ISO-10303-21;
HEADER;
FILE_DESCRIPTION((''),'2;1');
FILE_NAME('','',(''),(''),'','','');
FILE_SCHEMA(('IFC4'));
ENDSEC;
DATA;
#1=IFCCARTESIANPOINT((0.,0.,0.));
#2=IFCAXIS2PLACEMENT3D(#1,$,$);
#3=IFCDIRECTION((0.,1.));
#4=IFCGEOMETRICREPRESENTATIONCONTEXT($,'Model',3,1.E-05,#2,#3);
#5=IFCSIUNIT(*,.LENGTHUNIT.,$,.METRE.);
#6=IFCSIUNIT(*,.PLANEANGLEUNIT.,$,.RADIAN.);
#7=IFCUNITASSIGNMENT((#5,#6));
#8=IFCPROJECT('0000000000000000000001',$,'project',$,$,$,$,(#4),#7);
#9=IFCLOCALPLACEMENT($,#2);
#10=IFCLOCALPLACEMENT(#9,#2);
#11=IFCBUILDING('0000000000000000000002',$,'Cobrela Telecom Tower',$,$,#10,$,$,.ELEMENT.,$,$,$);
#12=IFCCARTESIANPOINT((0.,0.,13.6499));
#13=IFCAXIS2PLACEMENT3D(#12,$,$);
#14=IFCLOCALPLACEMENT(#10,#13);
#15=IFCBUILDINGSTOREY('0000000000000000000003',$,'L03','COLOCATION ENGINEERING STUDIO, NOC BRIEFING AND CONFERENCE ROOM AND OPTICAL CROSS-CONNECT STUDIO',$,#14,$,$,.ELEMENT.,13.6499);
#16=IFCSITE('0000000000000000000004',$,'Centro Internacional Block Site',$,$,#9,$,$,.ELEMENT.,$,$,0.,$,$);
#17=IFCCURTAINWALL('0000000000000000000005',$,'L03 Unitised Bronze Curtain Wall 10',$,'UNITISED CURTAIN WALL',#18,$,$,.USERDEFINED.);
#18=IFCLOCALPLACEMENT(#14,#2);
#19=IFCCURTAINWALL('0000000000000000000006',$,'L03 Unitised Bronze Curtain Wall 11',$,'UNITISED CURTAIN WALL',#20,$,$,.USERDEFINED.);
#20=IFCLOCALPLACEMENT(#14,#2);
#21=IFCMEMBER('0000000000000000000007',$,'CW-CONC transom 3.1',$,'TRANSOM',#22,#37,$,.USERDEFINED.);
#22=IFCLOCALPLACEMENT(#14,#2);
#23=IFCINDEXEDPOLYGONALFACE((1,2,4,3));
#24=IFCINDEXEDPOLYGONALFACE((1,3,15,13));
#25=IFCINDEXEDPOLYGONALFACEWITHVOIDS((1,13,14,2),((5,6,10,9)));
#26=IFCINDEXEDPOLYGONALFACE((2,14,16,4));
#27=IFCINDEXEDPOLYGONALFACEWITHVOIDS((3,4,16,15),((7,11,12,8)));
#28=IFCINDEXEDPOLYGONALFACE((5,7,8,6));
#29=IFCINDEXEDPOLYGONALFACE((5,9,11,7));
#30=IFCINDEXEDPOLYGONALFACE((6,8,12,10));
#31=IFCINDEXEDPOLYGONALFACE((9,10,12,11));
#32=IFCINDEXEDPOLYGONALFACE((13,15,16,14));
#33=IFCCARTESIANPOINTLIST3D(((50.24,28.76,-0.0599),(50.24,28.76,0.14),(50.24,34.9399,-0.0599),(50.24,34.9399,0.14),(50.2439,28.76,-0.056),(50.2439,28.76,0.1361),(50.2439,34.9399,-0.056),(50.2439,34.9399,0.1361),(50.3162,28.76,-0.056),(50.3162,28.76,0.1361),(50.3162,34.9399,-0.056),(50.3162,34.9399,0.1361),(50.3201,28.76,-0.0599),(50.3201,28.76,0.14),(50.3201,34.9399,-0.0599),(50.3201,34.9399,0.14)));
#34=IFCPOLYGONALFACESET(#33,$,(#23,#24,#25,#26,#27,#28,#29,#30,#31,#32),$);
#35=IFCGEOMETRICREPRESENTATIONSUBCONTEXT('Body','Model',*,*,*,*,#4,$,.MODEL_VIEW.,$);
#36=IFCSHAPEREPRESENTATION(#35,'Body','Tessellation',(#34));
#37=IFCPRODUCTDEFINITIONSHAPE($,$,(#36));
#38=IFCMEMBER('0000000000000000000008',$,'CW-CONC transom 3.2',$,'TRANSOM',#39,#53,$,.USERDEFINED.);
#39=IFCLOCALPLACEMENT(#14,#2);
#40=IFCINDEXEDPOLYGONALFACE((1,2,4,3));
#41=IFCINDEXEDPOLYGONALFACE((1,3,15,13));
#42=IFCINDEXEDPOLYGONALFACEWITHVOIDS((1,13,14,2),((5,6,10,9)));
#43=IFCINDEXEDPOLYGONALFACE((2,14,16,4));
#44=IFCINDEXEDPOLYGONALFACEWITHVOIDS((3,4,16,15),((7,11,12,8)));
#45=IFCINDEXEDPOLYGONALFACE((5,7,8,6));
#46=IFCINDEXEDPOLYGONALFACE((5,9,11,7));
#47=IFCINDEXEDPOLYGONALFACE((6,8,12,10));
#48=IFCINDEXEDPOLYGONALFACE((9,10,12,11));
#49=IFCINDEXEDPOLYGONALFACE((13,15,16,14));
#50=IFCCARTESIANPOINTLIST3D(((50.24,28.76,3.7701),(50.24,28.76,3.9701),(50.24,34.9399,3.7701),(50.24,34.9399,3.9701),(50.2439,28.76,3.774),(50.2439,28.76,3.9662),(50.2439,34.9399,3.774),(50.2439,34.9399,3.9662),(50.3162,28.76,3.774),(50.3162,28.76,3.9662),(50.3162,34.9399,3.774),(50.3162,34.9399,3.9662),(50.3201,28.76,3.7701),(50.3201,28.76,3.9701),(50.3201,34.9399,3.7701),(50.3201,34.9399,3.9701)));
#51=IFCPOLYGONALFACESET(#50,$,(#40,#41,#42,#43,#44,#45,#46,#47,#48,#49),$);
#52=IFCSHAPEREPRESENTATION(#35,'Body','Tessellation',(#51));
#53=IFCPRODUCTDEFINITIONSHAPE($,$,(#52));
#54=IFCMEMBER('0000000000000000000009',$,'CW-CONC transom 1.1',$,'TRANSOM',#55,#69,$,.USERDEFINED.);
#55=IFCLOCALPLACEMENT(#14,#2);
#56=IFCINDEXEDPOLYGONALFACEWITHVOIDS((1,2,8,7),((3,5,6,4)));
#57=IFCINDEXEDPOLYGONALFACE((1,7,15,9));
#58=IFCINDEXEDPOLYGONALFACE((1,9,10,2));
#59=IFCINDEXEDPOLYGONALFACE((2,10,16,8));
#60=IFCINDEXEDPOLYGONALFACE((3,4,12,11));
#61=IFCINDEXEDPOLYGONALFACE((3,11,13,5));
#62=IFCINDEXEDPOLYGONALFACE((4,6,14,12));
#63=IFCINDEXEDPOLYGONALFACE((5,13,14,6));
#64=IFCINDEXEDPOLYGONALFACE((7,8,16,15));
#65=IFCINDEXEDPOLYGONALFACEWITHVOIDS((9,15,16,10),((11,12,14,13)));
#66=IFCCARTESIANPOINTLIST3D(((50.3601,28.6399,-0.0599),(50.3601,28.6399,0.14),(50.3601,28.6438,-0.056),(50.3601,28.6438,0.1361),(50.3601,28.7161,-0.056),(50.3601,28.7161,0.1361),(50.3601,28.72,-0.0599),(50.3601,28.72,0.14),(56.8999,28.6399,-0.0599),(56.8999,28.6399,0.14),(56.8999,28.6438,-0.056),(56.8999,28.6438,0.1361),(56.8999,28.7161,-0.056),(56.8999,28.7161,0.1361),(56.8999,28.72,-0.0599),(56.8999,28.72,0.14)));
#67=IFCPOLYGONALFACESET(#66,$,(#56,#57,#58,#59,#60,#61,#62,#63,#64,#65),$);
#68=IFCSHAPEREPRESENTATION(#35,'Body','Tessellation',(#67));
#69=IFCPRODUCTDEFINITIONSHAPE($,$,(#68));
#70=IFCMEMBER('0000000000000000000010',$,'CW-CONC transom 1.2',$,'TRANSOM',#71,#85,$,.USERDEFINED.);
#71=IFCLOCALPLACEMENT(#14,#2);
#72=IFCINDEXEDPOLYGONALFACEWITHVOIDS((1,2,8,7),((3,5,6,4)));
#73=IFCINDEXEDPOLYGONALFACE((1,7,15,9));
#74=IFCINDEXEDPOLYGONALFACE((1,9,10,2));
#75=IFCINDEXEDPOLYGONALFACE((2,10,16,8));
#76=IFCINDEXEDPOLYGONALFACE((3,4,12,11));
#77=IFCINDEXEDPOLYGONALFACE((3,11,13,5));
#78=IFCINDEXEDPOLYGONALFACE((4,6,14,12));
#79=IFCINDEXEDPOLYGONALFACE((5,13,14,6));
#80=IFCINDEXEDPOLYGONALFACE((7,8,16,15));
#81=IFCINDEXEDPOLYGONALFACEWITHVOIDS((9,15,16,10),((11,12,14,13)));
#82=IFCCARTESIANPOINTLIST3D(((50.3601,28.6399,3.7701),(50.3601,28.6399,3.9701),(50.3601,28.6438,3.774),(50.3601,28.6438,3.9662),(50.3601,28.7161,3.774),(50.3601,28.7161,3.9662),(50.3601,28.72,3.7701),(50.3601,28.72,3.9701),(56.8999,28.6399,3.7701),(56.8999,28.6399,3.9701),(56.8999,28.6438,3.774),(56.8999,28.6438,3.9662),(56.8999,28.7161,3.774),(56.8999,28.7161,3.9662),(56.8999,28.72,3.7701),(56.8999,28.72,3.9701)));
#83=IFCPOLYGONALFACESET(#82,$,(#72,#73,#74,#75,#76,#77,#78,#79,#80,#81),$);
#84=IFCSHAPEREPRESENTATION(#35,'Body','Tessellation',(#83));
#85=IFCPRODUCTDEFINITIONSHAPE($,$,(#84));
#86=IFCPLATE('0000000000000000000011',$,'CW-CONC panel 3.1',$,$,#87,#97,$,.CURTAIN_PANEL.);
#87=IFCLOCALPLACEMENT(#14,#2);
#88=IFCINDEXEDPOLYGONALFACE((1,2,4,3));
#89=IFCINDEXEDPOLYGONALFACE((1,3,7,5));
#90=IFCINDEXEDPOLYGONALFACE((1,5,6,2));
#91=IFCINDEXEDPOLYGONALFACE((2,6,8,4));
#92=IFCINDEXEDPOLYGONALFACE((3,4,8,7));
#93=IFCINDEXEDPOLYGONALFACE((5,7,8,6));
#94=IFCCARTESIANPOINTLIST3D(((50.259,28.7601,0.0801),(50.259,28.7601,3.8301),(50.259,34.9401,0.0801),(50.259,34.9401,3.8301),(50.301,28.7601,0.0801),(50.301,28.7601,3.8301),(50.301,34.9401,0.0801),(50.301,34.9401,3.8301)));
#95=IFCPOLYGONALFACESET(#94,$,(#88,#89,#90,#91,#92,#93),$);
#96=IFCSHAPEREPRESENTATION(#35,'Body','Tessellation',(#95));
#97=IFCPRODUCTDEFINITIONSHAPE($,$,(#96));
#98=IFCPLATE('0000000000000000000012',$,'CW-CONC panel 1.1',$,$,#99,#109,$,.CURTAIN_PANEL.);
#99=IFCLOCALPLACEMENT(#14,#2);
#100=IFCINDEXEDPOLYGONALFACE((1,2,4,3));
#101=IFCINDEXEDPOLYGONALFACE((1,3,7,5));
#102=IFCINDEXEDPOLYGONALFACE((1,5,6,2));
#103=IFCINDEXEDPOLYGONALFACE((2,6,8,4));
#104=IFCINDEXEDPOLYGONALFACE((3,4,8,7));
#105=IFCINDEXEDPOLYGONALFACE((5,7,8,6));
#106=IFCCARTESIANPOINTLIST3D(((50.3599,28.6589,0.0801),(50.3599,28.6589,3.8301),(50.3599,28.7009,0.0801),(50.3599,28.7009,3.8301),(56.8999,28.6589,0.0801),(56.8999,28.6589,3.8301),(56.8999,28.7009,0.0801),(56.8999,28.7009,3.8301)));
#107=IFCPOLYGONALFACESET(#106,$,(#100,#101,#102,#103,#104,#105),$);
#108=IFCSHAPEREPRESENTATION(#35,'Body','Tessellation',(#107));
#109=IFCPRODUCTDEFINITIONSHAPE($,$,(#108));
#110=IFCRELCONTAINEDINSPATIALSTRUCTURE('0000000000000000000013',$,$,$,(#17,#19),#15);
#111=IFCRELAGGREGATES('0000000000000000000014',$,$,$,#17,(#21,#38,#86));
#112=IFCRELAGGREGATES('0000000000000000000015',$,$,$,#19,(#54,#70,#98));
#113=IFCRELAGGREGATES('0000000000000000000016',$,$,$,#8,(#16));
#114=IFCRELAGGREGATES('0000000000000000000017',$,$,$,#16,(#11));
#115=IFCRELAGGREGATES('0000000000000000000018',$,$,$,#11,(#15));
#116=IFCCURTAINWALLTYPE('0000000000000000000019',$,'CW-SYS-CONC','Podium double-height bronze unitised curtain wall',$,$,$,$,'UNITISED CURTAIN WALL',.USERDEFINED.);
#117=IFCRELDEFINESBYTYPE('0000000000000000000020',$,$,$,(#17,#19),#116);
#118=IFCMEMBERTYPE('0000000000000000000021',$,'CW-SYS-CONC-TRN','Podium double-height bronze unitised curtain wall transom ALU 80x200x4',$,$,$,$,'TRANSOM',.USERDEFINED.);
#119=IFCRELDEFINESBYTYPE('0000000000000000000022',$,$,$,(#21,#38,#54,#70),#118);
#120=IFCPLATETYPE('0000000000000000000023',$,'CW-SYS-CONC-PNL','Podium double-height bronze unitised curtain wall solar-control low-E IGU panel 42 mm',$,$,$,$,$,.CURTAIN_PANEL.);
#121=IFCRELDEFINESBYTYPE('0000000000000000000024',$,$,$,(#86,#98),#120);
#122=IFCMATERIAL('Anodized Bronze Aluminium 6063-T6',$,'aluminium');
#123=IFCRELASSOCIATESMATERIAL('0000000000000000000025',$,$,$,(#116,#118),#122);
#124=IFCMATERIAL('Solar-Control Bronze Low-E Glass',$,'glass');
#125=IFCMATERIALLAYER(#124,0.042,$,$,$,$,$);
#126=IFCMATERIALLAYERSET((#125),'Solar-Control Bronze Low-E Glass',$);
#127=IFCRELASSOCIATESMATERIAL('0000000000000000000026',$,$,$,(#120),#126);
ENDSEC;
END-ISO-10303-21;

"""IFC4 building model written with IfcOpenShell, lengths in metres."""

from ifc_helpers import new_model, si_unit, direction, frame, origin, origin_2d, place, context, subcontext, project, spatial, rectangle, hollow_rectangle, extrude, material, layer, layer_set, material_profile, profile_set, type_object, element, aggregate, save


model = new_model("IFC4")

# Units and contexts
model_context = context("Model", 3, precision=1e-05, world=origin(), true_north=direction((0.0, 1.0)))
body_context = subcontext(model_context, "Body", "Model", "MODEL_VIEW")
ifc_project = project(units=[si_unit("LENGTHUNIT", "METRE"), si_unit("PLANEANGLEUNIT", "RADIAN")], contexts=[model_context])

# Site, building, storey
site_placement = place(None, origin())
site = spatial("IfcSite", under=ifc_project, at=site_placement, Name="Centro Internacional Block Site", CompositionType="ELEMENT", RefElevation=0.0)
building_placement = place(site_placement, origin())
building = spatial("IfcBuilding", under=site, at=building_placement, Name="Cobrela Telecom Tower", CompositionType="ELEMENT")
storey_placement = place(building_placement, frame((0.0, 0.0, 13.6499)))
storey = spatial("IfcBuildingStorey", under=building, at=storey_placement, Name="L03", Description="COLOCATION ENGINEERING STUDIO, NOC BRIEFING AND CONFERENCE ROOM AND OPTICAL CROSS-CONNECT STUDIO", CompositionType="ELEMENT", Elevation=13.6499)

# Curtain wall
ifc_material_1 = material(Name="Anodized Bronze Aluminium 6063-T6", Category="aluminium")
curtain_wall_type = type_object("IfcCurtainWallType", Name="CW-SYS-CONC", Description="Podium double-height bronze unitised curtain wall", ElementType="UNITISED CURTAIN WALL", PredefinedType="USERDEFINED", material=ifc_material_1)
curtain_wall_1_placement = place(storey_placement, origin())
curtain_wall_1 = element("IfcCurtainWall", 1, at=curtain_wall_1_placement, inside=storey, type_object=curtain_wall_type, Name="L03 Unitised Bronze Curtain Wall 10", ObjectType="UNITISED CURTAIN WALL", PredefinedType="USERDEFINED")

# Curtain wall
curtain_wall_2_placement = place(storey_placement, origin())
curtain_wall_2 = element("IfcCurtainWall", 2, at=curtain_wall_2_placement, inside=storey, type_object=curtain_wall_type, Name="L03 Unitised Bronze Curtain Wall 11", ObjectType="UNITISED CURTAIN WALL", PredefinedType="USERDEFINED")

# Members
ifc_material_profile_1 = material_profile(ifc_material_1, hollow_rectangle(XDim=0.0801, YDim=0.2, WallThickness=0.0039, at=origin_2d()), Name="ALU 80x200x4")
ifc_profile_set_1 = profile_set([ifc_material_profile_1], Name="Anodized Bronze Aluminium 6063-T6")
member_type_1 = type_object("IfcMemberType", Name="CW-SYS-CONC-TRN", Description="Podium double-height bronze unitised curtain wall transom ALU 80x200x4", ElementType="TRANSOM", PredefinedType="USERDEFINED", material=ifc_profile_set_1)
member_1_placement = place(storey_placement, frame((50.28, 34.9399, 0.04), z_axis=(0.0, -1.0, 0.0), x_axis=(1.0, 0.0, 0.0)))
member_1 = element("IfcMember", 3, at=member_1_placement, type_object=member_type_1, Name="CW-CONC transom 3.1", ObjectType="TRANSOM", PredefinedType="USERDEFINED", context=body_context, shape_type="SweptSolid", body=[
    extrude(hollow_rectangle(XDim=0.0801, YDim=0.2, WallThickness=0.0039, at=origin_2d()), origin(), (0.0, 0.0, 1.0), 6.1799),
])
member_2_placement = place(storey_placement, frame((50.28, 34.9399, 3.8701), z_axis=(0.0, -1.0, 0.0), x_axis=(1.0, 0.0, 0.0)))
member_2 = element("IfcMember", 4, at=member_2_placement, type_object=member_type_1, Name="CW-CONC transom 3.2", ObjectType="TRANSOM", PredefinedType="USERDEFINED", context=body_context, shape_type="SweptSolid", body=[
    extrude(hollow_rectangle(XDim=0.0801, YDim=0.2, WallThickness=0.0039, at=origin_2d()), origin(), (0.0, 0.0, 1.0), 6.1799),
])
member_3_placement = place(storey_placement, frame((50.3601, 28.6799, 0.04), z_axis=(1.0, 0.0, 0.0), x_axis=(0.0, 1.0, 0.0)))
member_3 = element("IfcMember", 5, at=member_3_placement, type_object=member_type_1, Name="CW-CONC transom 1.1", ObjectType="TRANSOM", PredefinedType="USERDEFINED", context=body_context, shape_type="SweptSolid", body=[
    extrude(hollow_rectangle(XDim=0.0801, YDim=0.2, WallThickness=0.0039, at=origin_2d()), origin(), (0.0, 0.0, 1.0), 6.5398),
])
member_4_placement = place(storey_placement, frame((50.3601, 28.6799, 3.8701), z_axis=(1.0, 0.0, 0.0), x_axis=(0.0, 1.0, 0.0)))
member_4 = element("IfcMember", 6, at=member_4_placement, type_object=member_type_1, Name="CW-CONC transom 1.2", ObjectType="TRANSOM", PredefinedType="USERDEFINED", context=body_context, shape_type="SweptSolid", body=[
    extrude(hollow_rectangle(XDim=0.0801, YDim=0.2, WallThickness=0.0039, at=origin_2d()), origin(), (0.0, 0.0, 1.0), 6.5398),
])

# Plates
ifc_material_2 = material(Name="Solar-Control Bronze Low-E Glass", Category="glass")
ifc_layer = layer(ifc_material_2, 0.042)
ifc_layer_set = layer_set([ifc_layer], Name="Solar-Control Bronze Low-E Glass")
plate_type = type_object("IfcPlateType", Name="CW-SYS-CONC-PNL", Description="Podium double-height bronze unitised curtain wall solar-control low-E IGU panel 42 mm", PredefinedType="CURTAIN_PANEL", material=ifc_layer_set)
plate_1_placement = place(storey_placement, frame((50.28, 31.8501, 0.0801), z_axis=(0.0, 0.0, 1.0), x_axis=(0.0, -1.0, 0.0)))
plate_1 = element("IfcPlate", 7, at=plate_1_placement, type_object=plate_type, Name="CW-CONC panel 3.1", PredefinedType="CURTAIN_PANEL", context=body_context, shape_type="SweptSolid", body=[
    extrude(rectangle(XDim=6.1799, YDim=0.042, at=origin_2d()), origin(), (0.0, 0.0, 1.0), 3.75),
])
aggregate(curtain_wall_1, [member_1, member_2, plate_1])
plate_2_placement = place(storey_placement, frame((53.6299, 28.6799, 0.0801), z_axis=(0.0, 0.0, 1.0), x_axis=(1.0, 0.0, 0.0)))
plate_2 = element("IfcPlate", 8, at=plate_2_placement, type_object=plate_type, Name="CW-CONC panel 1.1", PredefinedType="CURTAIN_PANEL", context=body_context, shape_type="SweptSolid", body=[
    extrude(rectangle(XDim=6.54, YDim=0.042, at=origin_2d()), origin(), (0.0, 0.0, 1.0), 3.75),
])
aggregate(curtain_wall_2, [member_3, member_4, plate_2])

save(model, "model.ifc")
